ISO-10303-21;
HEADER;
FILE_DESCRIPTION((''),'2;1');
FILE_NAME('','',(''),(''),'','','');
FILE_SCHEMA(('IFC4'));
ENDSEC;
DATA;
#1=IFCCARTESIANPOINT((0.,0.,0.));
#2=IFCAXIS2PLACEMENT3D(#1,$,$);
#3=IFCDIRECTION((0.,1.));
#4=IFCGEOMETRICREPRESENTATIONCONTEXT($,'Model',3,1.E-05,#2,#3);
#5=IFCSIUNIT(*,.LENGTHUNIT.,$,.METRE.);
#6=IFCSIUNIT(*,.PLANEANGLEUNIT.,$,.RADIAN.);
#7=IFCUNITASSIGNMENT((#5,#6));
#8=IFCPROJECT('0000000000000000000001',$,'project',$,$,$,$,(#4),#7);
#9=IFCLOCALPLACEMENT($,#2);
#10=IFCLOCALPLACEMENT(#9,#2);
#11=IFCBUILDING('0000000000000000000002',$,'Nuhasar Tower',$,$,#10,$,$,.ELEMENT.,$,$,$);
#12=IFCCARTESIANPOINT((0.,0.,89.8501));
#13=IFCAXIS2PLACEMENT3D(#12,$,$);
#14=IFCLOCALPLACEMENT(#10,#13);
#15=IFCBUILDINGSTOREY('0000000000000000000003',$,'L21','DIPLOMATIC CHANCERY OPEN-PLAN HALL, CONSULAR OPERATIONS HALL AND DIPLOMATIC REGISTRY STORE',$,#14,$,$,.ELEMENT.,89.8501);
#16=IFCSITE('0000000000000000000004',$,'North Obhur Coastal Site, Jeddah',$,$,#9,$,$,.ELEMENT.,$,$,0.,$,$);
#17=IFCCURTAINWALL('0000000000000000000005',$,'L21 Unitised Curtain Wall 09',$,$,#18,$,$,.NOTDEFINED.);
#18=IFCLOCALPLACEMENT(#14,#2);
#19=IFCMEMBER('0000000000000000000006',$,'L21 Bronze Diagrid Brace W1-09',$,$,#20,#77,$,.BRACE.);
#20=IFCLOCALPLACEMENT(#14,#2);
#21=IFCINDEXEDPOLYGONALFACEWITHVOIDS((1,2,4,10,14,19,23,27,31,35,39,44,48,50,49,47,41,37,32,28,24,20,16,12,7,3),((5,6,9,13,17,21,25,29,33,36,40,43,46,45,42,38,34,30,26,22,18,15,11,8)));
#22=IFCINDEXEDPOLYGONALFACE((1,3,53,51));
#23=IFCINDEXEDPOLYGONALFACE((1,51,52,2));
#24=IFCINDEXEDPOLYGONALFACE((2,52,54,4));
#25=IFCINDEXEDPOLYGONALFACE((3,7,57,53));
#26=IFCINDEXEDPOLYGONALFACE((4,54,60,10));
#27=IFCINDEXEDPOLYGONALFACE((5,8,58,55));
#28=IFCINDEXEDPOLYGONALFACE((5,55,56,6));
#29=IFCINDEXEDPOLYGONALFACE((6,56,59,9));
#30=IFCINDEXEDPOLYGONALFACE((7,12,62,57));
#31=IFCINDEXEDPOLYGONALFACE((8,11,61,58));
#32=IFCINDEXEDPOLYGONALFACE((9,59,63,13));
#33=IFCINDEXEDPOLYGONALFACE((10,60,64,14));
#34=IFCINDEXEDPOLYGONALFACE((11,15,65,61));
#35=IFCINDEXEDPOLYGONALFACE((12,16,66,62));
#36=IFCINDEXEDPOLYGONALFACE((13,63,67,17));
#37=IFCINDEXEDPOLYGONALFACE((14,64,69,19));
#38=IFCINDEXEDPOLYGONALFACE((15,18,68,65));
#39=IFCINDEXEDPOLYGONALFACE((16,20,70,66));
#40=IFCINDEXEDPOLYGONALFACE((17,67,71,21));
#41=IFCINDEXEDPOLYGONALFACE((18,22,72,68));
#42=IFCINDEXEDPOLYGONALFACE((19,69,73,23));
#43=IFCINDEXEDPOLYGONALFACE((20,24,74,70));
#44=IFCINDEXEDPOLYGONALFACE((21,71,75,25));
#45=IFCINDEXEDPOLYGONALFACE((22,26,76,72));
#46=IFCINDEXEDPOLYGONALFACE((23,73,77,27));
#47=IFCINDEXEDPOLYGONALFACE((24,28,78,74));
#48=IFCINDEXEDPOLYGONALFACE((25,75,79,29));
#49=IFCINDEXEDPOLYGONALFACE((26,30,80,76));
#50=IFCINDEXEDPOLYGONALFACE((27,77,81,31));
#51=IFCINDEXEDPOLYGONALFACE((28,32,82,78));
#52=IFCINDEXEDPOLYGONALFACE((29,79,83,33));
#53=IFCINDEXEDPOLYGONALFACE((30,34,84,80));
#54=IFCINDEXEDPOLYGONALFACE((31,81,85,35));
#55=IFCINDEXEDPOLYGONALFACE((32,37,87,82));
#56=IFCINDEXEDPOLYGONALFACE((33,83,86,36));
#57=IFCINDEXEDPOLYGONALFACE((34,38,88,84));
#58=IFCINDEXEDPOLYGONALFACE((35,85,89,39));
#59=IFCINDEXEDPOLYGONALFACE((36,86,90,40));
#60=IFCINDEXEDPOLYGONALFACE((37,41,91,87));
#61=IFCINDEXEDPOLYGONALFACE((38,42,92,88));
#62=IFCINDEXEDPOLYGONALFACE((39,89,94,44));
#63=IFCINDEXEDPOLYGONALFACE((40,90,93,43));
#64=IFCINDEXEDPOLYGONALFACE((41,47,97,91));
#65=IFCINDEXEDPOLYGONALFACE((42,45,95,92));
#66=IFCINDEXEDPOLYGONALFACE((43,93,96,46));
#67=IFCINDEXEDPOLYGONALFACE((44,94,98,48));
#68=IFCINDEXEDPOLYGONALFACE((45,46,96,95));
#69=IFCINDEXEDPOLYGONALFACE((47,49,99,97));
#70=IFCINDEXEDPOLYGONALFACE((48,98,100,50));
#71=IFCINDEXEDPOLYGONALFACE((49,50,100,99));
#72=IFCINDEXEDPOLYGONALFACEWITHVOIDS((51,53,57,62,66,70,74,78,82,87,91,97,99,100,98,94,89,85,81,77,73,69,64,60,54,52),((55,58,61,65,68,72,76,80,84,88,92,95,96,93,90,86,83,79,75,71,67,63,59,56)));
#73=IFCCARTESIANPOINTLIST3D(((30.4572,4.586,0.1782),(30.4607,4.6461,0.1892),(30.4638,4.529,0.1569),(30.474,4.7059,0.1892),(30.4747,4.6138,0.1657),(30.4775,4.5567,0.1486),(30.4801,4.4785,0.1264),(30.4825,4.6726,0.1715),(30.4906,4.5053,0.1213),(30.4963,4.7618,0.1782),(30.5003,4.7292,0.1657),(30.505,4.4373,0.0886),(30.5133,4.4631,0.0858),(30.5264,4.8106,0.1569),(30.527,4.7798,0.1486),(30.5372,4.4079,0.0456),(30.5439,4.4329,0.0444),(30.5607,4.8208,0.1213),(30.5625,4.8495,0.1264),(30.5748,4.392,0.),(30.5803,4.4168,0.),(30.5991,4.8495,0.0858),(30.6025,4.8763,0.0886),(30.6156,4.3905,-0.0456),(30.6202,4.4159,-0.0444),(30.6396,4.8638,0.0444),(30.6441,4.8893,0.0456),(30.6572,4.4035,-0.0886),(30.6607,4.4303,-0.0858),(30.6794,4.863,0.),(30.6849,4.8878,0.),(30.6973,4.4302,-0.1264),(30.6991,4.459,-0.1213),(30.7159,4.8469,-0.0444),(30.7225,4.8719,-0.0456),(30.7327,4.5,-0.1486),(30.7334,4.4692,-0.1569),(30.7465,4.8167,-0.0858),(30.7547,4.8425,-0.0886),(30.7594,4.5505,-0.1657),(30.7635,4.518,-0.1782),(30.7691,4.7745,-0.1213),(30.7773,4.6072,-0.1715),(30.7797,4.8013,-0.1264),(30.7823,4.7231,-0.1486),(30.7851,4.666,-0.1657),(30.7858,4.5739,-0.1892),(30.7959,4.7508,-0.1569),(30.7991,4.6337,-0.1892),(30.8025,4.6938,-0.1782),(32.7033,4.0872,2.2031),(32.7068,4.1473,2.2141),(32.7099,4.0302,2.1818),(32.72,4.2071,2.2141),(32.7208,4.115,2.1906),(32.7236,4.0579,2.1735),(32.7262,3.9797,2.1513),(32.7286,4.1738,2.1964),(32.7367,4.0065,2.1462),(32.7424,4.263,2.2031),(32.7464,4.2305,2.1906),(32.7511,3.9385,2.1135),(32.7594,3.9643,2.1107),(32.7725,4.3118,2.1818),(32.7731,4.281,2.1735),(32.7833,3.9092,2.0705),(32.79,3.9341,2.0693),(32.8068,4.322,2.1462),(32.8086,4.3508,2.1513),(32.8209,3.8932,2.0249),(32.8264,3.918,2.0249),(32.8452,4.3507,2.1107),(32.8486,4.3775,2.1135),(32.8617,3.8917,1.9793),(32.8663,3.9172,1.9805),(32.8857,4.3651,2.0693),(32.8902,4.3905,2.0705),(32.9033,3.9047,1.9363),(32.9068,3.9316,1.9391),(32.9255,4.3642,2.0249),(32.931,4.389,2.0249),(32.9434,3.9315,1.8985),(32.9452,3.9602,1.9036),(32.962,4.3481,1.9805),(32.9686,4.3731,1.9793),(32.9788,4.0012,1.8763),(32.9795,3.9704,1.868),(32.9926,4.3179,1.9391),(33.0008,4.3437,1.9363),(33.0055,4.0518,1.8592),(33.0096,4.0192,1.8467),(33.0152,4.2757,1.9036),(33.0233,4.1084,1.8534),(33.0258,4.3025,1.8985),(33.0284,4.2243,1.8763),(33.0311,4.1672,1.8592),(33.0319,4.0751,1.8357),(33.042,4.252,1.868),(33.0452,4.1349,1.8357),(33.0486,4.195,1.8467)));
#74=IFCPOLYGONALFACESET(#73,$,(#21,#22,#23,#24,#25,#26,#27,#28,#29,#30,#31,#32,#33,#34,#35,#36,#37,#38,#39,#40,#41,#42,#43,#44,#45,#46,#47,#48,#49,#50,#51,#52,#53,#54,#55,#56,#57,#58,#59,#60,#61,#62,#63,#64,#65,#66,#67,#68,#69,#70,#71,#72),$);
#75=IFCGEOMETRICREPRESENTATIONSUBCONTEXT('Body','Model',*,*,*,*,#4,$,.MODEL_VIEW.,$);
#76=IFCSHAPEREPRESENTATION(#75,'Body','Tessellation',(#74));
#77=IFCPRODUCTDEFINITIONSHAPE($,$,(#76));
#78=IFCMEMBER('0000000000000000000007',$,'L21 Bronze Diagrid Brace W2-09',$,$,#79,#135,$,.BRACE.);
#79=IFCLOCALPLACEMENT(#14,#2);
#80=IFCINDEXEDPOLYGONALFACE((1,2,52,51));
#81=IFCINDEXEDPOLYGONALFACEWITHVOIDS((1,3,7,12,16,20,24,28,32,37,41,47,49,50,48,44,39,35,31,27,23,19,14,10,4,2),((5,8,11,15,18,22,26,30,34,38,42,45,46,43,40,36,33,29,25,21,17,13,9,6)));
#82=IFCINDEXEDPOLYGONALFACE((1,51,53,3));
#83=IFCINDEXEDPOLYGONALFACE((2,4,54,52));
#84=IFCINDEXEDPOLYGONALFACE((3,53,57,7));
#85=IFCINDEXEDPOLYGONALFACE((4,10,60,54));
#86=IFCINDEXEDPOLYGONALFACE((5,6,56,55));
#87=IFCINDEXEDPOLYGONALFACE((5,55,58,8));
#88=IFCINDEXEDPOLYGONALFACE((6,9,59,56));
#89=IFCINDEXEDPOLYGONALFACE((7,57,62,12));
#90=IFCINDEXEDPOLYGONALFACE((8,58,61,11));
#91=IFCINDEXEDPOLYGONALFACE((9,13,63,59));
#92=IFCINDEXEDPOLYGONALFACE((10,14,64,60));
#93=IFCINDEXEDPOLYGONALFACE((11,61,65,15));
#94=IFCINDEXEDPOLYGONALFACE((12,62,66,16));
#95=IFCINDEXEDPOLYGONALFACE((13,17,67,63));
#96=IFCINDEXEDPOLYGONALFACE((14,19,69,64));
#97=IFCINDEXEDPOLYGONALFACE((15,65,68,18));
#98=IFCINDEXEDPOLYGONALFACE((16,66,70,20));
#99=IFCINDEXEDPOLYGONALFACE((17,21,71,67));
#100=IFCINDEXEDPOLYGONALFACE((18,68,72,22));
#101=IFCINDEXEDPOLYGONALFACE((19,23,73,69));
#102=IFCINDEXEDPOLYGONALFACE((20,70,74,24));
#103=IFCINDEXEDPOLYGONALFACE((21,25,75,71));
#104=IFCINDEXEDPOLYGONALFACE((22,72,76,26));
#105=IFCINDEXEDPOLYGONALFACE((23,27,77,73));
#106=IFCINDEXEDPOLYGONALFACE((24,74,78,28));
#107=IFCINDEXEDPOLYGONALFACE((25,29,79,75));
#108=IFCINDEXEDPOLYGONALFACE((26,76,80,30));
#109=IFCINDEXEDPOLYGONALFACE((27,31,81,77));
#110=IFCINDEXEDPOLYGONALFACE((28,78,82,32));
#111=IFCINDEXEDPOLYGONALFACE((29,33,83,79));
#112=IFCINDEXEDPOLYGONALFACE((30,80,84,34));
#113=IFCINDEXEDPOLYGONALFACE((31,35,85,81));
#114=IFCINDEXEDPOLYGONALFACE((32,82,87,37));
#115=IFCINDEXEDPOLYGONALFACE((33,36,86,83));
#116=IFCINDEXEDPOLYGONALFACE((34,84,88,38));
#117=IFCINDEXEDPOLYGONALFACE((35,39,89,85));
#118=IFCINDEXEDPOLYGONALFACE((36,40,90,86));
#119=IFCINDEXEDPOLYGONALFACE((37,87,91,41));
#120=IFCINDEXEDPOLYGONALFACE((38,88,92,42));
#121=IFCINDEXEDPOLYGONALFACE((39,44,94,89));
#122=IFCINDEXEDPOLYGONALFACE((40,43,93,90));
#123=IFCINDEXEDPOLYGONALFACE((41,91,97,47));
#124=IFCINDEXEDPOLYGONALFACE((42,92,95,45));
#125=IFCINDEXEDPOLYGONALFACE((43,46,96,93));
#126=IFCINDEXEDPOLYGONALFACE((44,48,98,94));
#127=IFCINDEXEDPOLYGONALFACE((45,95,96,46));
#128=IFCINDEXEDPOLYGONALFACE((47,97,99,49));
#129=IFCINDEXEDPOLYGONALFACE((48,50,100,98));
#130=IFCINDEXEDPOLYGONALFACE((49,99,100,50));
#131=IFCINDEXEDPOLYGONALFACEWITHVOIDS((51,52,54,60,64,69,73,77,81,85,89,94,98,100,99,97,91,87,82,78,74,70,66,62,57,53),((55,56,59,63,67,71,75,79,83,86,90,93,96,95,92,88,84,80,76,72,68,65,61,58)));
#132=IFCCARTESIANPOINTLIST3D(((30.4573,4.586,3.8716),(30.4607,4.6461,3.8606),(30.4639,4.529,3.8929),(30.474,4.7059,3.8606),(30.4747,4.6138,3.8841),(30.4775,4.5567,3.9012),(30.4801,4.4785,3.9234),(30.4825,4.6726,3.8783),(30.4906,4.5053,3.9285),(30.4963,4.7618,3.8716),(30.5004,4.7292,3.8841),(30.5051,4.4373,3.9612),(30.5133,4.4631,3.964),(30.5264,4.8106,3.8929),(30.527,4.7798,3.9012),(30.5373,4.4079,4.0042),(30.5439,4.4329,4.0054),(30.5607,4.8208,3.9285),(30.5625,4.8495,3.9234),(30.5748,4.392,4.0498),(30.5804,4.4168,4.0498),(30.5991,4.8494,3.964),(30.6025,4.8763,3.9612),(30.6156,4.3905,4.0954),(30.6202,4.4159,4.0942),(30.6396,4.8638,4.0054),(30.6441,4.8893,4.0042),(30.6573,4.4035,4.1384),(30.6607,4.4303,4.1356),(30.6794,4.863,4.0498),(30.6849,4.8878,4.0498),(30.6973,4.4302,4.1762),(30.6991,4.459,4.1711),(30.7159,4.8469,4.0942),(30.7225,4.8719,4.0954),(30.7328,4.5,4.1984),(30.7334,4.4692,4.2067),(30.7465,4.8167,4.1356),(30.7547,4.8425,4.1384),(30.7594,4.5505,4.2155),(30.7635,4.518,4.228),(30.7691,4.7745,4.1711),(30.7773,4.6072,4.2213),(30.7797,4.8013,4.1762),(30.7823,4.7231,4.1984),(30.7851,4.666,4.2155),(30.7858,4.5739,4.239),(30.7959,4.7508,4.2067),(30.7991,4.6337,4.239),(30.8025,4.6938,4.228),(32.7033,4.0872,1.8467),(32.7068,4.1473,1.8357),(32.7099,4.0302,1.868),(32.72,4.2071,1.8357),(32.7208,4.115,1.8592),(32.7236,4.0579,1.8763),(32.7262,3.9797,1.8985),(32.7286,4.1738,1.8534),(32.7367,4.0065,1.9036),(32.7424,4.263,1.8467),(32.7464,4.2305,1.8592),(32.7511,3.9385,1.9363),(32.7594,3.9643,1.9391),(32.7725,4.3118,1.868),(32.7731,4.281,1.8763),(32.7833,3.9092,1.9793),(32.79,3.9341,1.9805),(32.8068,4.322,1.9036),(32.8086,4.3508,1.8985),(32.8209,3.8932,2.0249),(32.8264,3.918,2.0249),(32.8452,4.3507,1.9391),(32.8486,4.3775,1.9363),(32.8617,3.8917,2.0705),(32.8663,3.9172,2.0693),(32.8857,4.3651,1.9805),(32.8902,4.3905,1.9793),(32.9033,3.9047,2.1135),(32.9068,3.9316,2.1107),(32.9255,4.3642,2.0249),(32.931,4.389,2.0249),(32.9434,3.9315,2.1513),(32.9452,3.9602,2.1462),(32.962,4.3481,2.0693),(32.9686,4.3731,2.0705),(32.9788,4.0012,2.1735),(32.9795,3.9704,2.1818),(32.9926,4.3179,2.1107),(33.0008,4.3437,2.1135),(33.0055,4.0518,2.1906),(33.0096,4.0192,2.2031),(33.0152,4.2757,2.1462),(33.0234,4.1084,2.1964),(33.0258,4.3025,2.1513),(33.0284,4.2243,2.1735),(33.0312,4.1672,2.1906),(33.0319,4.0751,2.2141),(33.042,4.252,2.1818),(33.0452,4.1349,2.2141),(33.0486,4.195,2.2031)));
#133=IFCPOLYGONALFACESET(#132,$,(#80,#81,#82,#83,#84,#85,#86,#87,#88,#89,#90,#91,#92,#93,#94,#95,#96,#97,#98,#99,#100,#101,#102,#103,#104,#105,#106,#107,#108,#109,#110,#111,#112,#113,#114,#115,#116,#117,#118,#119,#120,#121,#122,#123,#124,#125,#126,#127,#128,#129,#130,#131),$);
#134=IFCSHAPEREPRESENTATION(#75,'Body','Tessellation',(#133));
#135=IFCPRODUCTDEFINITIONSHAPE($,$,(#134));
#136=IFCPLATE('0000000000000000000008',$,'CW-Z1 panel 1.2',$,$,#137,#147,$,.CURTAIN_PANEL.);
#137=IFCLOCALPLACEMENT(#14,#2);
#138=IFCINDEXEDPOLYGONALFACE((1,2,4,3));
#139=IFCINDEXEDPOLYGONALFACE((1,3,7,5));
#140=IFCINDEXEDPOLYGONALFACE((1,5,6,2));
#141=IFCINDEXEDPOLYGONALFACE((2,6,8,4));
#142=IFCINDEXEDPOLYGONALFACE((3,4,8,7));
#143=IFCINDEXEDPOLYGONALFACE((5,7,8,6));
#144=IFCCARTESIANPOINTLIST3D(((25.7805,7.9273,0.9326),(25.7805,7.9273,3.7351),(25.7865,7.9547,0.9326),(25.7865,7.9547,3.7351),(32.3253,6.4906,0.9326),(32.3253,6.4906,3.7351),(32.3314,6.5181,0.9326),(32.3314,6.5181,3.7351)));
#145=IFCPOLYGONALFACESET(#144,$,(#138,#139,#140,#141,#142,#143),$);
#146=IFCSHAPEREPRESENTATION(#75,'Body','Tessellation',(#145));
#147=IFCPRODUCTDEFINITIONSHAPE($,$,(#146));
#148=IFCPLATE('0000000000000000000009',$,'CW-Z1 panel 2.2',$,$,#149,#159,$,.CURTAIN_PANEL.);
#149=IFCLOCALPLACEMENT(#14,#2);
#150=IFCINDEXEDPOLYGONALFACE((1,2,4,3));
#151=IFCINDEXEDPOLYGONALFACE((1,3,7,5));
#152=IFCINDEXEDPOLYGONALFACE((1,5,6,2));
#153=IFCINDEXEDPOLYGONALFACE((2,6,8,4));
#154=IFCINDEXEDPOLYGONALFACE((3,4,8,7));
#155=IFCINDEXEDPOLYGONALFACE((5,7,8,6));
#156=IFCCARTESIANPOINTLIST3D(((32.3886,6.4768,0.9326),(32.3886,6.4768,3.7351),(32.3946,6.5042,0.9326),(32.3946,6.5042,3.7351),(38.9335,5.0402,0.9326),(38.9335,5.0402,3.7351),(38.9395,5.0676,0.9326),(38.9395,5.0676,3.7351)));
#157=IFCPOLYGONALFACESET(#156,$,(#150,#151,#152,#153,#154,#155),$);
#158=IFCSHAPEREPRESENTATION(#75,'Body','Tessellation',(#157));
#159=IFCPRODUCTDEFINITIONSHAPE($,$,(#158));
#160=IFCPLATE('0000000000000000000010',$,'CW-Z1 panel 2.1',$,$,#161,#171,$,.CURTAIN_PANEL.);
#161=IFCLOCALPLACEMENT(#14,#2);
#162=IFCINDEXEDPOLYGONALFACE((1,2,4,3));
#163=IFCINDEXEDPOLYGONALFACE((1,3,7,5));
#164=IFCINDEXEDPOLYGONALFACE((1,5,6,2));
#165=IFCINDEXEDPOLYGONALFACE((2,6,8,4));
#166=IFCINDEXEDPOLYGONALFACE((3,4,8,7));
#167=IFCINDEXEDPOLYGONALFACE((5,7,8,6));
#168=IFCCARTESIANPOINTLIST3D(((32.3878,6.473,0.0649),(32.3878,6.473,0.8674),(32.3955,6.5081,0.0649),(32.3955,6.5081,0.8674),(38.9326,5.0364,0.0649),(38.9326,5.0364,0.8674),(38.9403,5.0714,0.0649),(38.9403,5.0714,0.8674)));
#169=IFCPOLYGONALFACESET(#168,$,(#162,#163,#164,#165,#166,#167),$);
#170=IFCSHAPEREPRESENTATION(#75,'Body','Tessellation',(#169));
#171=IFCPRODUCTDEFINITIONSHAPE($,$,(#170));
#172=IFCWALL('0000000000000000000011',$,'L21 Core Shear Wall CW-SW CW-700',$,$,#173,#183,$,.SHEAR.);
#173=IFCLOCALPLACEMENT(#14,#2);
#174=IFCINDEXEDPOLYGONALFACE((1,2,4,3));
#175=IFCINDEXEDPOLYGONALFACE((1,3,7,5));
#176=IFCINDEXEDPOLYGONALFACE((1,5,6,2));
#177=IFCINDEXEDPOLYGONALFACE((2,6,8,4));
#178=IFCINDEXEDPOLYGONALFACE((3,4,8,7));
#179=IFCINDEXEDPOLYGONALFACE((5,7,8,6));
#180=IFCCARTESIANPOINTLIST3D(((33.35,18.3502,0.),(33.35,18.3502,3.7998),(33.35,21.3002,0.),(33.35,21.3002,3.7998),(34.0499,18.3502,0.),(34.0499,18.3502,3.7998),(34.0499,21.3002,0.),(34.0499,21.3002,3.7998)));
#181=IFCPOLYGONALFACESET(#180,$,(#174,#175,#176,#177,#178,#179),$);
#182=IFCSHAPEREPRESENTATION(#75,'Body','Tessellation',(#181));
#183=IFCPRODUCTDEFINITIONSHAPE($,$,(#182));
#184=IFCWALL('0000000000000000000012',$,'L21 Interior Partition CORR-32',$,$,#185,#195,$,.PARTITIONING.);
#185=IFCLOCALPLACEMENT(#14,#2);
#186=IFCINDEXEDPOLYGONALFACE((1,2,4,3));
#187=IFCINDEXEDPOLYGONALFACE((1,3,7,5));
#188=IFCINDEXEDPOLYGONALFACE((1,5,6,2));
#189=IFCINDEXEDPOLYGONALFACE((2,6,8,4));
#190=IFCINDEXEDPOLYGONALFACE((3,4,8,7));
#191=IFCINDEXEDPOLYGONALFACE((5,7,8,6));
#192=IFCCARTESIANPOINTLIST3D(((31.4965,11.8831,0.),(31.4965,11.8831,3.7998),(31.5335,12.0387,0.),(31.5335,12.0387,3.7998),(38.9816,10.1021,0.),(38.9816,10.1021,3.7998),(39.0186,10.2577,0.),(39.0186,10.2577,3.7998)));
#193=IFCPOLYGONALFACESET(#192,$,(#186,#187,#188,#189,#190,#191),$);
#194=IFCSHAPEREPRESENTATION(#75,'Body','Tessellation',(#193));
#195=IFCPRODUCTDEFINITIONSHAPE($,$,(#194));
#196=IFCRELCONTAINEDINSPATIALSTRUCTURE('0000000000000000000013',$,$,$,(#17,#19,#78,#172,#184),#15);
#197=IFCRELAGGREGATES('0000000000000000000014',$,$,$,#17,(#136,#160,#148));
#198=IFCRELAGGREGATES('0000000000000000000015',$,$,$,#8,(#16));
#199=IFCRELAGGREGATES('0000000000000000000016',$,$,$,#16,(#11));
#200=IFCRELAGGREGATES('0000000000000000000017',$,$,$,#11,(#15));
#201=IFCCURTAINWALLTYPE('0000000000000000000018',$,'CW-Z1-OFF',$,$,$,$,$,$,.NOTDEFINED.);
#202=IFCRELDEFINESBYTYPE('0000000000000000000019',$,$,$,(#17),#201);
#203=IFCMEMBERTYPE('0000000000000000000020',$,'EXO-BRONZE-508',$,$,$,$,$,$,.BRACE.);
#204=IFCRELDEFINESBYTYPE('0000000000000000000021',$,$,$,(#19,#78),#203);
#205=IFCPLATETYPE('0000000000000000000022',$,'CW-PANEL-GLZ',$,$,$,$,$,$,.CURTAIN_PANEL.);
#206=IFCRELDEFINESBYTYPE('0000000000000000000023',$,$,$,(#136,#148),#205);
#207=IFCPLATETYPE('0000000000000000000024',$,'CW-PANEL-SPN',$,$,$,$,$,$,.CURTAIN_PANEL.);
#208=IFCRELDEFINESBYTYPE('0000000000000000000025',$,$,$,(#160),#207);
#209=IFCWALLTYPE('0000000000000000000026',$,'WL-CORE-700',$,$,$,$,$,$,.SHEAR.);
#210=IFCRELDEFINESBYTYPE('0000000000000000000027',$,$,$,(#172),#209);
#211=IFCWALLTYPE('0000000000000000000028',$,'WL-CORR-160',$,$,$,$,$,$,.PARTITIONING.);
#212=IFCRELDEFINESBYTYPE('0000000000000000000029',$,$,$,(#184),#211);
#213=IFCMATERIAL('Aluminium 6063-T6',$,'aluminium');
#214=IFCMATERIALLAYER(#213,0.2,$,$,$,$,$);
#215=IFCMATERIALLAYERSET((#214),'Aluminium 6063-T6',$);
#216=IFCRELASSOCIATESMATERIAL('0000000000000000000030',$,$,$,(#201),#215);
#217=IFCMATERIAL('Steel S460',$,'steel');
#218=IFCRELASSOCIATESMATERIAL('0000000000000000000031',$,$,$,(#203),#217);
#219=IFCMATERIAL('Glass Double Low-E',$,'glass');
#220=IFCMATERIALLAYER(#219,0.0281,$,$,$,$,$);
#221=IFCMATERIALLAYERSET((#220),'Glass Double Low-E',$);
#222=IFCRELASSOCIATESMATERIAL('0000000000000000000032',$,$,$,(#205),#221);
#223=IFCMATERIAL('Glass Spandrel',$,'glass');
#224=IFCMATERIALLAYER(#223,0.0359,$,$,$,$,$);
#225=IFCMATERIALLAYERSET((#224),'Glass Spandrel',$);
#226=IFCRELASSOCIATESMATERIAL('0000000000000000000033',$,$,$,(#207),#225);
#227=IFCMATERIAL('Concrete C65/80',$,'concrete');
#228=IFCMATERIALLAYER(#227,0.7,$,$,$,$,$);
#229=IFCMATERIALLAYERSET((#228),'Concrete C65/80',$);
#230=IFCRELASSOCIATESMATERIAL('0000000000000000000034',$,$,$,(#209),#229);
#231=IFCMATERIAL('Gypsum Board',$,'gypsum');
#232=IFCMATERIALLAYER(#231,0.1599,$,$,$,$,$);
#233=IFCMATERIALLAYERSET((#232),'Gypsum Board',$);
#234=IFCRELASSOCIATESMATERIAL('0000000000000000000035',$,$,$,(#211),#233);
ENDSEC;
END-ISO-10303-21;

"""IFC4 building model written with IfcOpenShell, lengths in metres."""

from ifc_helpers import new_model, si_unit, direction, frame, frame_2d, origin, origin_2d, place, context, subcontext, project, spatial, rectangle, hollow_circle, extrude, material, layer, layer_set, material_profile, profile_set, type_object, element, aggregate, save


model = new_model("IFC4")

# Units and contexts
model_context = context("Model", 3, precision=1e-05, world=origin(), true_north=direction((0.0, 1.0)))
body_context = subcontext(model_context, "Body", "Model", "MODEL_VIEW")
ifc_project = project(units=[si_unit("LENGTHUNIT", "METRE"), si_unit("PLANEANGLEUNIT", "RADIAN")], contexts=[model_context])

# Site, building, storey
site_placement = place(None, origin())
site = spatial("IfcSite", under=ifc_project, at=site_placement, Name="North Obhur Coastal Site, Jeddah", CompositionType="ELEMENT", RefElevation=0.0)
building_placement = place(site_placement, origin())
building = spatial("IfcBuilding", under=site, at=building_placement, Name="Nuhasar Tower", CompositionType="ELEMENT")
storey_placement = place(building_placement, frame((0.0, 0.0, 89.8501)))
storey = spatial("IfcBuildingStorey", under=building, at=storey_placement, Name="L21", Description="DIPLOMATIC CHANCERY OPEN-PLAN HALL, CONSULAR OPERATIONS HALL AND DIPLOMATIC REGISTRY STORE", CompositionType="ELEMENT", Elevation=89.8501)

# Curtain wall
ifc_material_1 = material(Name="Aluminium 6063-T6", Category="aluminium")
ifc_layer_1 = layer(ifc_material_1, 0.2)
ifc_layer_set_1 = layer_set([ifc_layer_1], Name="Aluminium 6063-T6")
curtain_wall_type = type_object("IfcCurtainWallType", Name="CW-Z1-OFF", PredefinedType="NOTDEFINED", material=ifc_layer_set_1)
curtain_wall_placement = place(storey_placement, origin())
curtain_wall = element("IfcCurtainWall", 1, at=curtain_wall_placement, inside=storey, type_object=curtain_wall_type, Name="L21 Unitised Curtain Wall 09", PredefinedType="NOTDEFINED")

# Members
ifc_material_2 = material(Name="Steel S460", Category="steel")
ifc_material_profile_1 = material_profile(ifc_material_2, hollow_circle(Radius=0.2539, WallThickness=0.0254, at=origin_2d()), Name="HSS508X25.4")
ifc_profile_set_1 = profile_set([ifc_material_profile_1], Name="Steel S460")
member_type_1 = type_object("IfcMemberType", Name="EXO-BRONZE-508", PredefinedType="BRACE", material=ifc_profile_set_1)
for number, where, z_axis, x_axis, name in (
    (2, (30.6299, 4.6399, 0.0), (0.732831, -0.162736, 0.660663), (0.216784, 0.97622, 0.0), "L21 Bronze Diagrid Brace W1-09"),
    (3, (32.876, 4.1411, 2.0249), (-0.732831, 0.162736, 0.660663), (-0.216784, -0.97622, 0.0), "L21 Bronze Diagrid Brace W2-09"),
):
    element("IfcMember", number, at=place(storey_placement, frame(where, z_axis=z_axis, x_axis=x_axis)), inside=storey, type_object=member_type_1, Name=name, PredefinedType="BRACE", context=body_context, shape_type="SweptSolid", body=[
        extrude(hollow_circle(Radius=0.2539, WallThickness=0.0254, at=origin_2d()), origin(), (0.0, 0.0, 1.0), 3.0649),
    ])

# Plates
ifc_material_3 = material(Name="Glass Double Low-E", Category="glass")
ifc_layer_2 = layer(ifc_material_3, 0.0281)
ifc_layer_set_2 = layer_set([ifc_layer_2], Name="Glass Double Low-E")
plate_type_1 = type_object("IfcPlateType", Name="CW-PANEL-GLZ", PredefinedType="CURTAIN_PANEL", material=ifc_layer_set_2)
plate_1_placement = place(storey_placement, frame((29.0559, 7.2227, 0.9326), z_axis=(0.0, 0.0, 1.0), x_axis=(0.976746, -0.214399, 0.0)))
plate_1 = element("IfcPlate", 4, at=plate_1_placement, type_object=plate_type_1, Name="CW-Z1 panel 1.2", PredefinedType="CURTAIN_PANEL", context=body_context, shape_type="SweptSolid", body=[
    extrude(rectangle(XDim=6.7007, YDim=0.0281, at=origin_2d()), origin(), (0.0, 0.0, 1.0), 2.8025),
])
plate_2_placement = place(storey_placement, frame((35.6641, 5.7722, 0.9326), z_axis=(0.0, 0.0, 1.0), x_axis=(0.976746, -0.214399, 0.0)))
plate_2 = element("IfcPlate", 5, at=plate_2_placement, type_object=plate_type_1, Name="CW-Z1 panel 2.2", PredefinedType="CURTAIN_PANEL", context=body_context, shape_type="SweptSolid", body=[
    extrude(rectangle(XDim=6.7007, YDim=0.0281, at=origin_2d()), origin(), (0.0, 0.0, 1.0), 2.8025),
])
ifc_material_4 = material(Name="Glass Spandrel", Category="glass")
ifc_layer_3 = layer(ifc_material_4, 0.0359)
ifc_layer_set_3 = layer_set([ifc_layer_3], Name="Glass Spandrel")
plate_type_2 = type_object("IfcPlateType", Name="CW-PANEL-SPN", PredefinedType="CURTAIN_PANEL", material=ifc_layer_set_3)
plate_3_placement = place(storey_placement, frame((35.6641, 5.7722, 0.0649), z_axis=(0.0, 0.0, 1.0), x_axis=(0.976746, -0.214399, 0.0)))
plate_3 = element("IfcPlate", 6, at=plate_3_placement, type_object=plate_type_2, Name="CW-Z1 panel 2.1", PredefinedType="CURTAIN_PANEL", context=body_context, shape_type="SweptSolid", body=[
    extrude(rectangle(XDim=6.7007, YDim=0.0359, at=origin_2d()), origin(), (0.0, 0.0, 1.0), 0.8025),
])
aggregate(curtain_wall, [plate_1, plate_3, plate_2])

# Walls
ifc_material_5 = material(Name="Concrete C65/80", Category="concrete")
ifc_layer_4 = layer(ifc_material_5, 0.7)
ifc_layer_set_4 = layer_set([ifc_layer_4], Name="Concrete C65/80")
wall_type_1 = type_object("IfcWallType", Name="WL-CORE-700", PredefinedType="SHEAR", material=ifc_layer_set_4)
wall_1_placement = place(storey_placement, frame((33.7, 18.3501, 0.0), z_axis=(0.0, 0.0, 1.0), x_axis=(0.0, 1.0, 0.0)))
element("IfcWall", 7, at=wall_1_placement, inside=storey, type_object=wall_type_1, Name="L21 Core Shear Wall CW-SW CW-700", PredefinedType="SHEAR", context=body_context, shape_type="SweptSolid", body=[
    extrude(rectangle(XDim=2.95, YDim=0.7, at=frame_2d((1.4751, 0.0))), origin(), (0.0, 0.0, 1.0), 3.7998),
])
ifc_material_6 = material(Name="Gypsum Board", Category="gypsum")
ifc_layer_5 = layer(ifc_material_6, 0.1599)
ifc_layer_set_5 = layer_set([ifc_layer_5], Name="Gypsum Board")
wall_type_2 = type_object("IfcWallType", Name="WL-CORR-160", PredefinedType="PARTITIONING", material=ifc_layer_set_5)
wall_2_placement = place(storey_placement, frame((31.5149, 11.9609, 0.0), z_axis=(0.0, 0.0, 1.0), x_axis=(0.97284, -0.231478, 0.0)))
element("IfcWall", 8, at=wall_2_placement, inside=storey, type_object=wall_type_2, Name="L21 Interior Partition CORR-32", PredefinedType="PARTITIONING", context=body_context, shape_type="SweptSolid", body=[
    extrude(rectangle(XDim=7.6941, YDim=0.1599, at=frame_2d((3.8472, 0.0))), origin(), (0.0, 0.0, 1.0), 3.7998),
])

save(model, "model.ifc")
